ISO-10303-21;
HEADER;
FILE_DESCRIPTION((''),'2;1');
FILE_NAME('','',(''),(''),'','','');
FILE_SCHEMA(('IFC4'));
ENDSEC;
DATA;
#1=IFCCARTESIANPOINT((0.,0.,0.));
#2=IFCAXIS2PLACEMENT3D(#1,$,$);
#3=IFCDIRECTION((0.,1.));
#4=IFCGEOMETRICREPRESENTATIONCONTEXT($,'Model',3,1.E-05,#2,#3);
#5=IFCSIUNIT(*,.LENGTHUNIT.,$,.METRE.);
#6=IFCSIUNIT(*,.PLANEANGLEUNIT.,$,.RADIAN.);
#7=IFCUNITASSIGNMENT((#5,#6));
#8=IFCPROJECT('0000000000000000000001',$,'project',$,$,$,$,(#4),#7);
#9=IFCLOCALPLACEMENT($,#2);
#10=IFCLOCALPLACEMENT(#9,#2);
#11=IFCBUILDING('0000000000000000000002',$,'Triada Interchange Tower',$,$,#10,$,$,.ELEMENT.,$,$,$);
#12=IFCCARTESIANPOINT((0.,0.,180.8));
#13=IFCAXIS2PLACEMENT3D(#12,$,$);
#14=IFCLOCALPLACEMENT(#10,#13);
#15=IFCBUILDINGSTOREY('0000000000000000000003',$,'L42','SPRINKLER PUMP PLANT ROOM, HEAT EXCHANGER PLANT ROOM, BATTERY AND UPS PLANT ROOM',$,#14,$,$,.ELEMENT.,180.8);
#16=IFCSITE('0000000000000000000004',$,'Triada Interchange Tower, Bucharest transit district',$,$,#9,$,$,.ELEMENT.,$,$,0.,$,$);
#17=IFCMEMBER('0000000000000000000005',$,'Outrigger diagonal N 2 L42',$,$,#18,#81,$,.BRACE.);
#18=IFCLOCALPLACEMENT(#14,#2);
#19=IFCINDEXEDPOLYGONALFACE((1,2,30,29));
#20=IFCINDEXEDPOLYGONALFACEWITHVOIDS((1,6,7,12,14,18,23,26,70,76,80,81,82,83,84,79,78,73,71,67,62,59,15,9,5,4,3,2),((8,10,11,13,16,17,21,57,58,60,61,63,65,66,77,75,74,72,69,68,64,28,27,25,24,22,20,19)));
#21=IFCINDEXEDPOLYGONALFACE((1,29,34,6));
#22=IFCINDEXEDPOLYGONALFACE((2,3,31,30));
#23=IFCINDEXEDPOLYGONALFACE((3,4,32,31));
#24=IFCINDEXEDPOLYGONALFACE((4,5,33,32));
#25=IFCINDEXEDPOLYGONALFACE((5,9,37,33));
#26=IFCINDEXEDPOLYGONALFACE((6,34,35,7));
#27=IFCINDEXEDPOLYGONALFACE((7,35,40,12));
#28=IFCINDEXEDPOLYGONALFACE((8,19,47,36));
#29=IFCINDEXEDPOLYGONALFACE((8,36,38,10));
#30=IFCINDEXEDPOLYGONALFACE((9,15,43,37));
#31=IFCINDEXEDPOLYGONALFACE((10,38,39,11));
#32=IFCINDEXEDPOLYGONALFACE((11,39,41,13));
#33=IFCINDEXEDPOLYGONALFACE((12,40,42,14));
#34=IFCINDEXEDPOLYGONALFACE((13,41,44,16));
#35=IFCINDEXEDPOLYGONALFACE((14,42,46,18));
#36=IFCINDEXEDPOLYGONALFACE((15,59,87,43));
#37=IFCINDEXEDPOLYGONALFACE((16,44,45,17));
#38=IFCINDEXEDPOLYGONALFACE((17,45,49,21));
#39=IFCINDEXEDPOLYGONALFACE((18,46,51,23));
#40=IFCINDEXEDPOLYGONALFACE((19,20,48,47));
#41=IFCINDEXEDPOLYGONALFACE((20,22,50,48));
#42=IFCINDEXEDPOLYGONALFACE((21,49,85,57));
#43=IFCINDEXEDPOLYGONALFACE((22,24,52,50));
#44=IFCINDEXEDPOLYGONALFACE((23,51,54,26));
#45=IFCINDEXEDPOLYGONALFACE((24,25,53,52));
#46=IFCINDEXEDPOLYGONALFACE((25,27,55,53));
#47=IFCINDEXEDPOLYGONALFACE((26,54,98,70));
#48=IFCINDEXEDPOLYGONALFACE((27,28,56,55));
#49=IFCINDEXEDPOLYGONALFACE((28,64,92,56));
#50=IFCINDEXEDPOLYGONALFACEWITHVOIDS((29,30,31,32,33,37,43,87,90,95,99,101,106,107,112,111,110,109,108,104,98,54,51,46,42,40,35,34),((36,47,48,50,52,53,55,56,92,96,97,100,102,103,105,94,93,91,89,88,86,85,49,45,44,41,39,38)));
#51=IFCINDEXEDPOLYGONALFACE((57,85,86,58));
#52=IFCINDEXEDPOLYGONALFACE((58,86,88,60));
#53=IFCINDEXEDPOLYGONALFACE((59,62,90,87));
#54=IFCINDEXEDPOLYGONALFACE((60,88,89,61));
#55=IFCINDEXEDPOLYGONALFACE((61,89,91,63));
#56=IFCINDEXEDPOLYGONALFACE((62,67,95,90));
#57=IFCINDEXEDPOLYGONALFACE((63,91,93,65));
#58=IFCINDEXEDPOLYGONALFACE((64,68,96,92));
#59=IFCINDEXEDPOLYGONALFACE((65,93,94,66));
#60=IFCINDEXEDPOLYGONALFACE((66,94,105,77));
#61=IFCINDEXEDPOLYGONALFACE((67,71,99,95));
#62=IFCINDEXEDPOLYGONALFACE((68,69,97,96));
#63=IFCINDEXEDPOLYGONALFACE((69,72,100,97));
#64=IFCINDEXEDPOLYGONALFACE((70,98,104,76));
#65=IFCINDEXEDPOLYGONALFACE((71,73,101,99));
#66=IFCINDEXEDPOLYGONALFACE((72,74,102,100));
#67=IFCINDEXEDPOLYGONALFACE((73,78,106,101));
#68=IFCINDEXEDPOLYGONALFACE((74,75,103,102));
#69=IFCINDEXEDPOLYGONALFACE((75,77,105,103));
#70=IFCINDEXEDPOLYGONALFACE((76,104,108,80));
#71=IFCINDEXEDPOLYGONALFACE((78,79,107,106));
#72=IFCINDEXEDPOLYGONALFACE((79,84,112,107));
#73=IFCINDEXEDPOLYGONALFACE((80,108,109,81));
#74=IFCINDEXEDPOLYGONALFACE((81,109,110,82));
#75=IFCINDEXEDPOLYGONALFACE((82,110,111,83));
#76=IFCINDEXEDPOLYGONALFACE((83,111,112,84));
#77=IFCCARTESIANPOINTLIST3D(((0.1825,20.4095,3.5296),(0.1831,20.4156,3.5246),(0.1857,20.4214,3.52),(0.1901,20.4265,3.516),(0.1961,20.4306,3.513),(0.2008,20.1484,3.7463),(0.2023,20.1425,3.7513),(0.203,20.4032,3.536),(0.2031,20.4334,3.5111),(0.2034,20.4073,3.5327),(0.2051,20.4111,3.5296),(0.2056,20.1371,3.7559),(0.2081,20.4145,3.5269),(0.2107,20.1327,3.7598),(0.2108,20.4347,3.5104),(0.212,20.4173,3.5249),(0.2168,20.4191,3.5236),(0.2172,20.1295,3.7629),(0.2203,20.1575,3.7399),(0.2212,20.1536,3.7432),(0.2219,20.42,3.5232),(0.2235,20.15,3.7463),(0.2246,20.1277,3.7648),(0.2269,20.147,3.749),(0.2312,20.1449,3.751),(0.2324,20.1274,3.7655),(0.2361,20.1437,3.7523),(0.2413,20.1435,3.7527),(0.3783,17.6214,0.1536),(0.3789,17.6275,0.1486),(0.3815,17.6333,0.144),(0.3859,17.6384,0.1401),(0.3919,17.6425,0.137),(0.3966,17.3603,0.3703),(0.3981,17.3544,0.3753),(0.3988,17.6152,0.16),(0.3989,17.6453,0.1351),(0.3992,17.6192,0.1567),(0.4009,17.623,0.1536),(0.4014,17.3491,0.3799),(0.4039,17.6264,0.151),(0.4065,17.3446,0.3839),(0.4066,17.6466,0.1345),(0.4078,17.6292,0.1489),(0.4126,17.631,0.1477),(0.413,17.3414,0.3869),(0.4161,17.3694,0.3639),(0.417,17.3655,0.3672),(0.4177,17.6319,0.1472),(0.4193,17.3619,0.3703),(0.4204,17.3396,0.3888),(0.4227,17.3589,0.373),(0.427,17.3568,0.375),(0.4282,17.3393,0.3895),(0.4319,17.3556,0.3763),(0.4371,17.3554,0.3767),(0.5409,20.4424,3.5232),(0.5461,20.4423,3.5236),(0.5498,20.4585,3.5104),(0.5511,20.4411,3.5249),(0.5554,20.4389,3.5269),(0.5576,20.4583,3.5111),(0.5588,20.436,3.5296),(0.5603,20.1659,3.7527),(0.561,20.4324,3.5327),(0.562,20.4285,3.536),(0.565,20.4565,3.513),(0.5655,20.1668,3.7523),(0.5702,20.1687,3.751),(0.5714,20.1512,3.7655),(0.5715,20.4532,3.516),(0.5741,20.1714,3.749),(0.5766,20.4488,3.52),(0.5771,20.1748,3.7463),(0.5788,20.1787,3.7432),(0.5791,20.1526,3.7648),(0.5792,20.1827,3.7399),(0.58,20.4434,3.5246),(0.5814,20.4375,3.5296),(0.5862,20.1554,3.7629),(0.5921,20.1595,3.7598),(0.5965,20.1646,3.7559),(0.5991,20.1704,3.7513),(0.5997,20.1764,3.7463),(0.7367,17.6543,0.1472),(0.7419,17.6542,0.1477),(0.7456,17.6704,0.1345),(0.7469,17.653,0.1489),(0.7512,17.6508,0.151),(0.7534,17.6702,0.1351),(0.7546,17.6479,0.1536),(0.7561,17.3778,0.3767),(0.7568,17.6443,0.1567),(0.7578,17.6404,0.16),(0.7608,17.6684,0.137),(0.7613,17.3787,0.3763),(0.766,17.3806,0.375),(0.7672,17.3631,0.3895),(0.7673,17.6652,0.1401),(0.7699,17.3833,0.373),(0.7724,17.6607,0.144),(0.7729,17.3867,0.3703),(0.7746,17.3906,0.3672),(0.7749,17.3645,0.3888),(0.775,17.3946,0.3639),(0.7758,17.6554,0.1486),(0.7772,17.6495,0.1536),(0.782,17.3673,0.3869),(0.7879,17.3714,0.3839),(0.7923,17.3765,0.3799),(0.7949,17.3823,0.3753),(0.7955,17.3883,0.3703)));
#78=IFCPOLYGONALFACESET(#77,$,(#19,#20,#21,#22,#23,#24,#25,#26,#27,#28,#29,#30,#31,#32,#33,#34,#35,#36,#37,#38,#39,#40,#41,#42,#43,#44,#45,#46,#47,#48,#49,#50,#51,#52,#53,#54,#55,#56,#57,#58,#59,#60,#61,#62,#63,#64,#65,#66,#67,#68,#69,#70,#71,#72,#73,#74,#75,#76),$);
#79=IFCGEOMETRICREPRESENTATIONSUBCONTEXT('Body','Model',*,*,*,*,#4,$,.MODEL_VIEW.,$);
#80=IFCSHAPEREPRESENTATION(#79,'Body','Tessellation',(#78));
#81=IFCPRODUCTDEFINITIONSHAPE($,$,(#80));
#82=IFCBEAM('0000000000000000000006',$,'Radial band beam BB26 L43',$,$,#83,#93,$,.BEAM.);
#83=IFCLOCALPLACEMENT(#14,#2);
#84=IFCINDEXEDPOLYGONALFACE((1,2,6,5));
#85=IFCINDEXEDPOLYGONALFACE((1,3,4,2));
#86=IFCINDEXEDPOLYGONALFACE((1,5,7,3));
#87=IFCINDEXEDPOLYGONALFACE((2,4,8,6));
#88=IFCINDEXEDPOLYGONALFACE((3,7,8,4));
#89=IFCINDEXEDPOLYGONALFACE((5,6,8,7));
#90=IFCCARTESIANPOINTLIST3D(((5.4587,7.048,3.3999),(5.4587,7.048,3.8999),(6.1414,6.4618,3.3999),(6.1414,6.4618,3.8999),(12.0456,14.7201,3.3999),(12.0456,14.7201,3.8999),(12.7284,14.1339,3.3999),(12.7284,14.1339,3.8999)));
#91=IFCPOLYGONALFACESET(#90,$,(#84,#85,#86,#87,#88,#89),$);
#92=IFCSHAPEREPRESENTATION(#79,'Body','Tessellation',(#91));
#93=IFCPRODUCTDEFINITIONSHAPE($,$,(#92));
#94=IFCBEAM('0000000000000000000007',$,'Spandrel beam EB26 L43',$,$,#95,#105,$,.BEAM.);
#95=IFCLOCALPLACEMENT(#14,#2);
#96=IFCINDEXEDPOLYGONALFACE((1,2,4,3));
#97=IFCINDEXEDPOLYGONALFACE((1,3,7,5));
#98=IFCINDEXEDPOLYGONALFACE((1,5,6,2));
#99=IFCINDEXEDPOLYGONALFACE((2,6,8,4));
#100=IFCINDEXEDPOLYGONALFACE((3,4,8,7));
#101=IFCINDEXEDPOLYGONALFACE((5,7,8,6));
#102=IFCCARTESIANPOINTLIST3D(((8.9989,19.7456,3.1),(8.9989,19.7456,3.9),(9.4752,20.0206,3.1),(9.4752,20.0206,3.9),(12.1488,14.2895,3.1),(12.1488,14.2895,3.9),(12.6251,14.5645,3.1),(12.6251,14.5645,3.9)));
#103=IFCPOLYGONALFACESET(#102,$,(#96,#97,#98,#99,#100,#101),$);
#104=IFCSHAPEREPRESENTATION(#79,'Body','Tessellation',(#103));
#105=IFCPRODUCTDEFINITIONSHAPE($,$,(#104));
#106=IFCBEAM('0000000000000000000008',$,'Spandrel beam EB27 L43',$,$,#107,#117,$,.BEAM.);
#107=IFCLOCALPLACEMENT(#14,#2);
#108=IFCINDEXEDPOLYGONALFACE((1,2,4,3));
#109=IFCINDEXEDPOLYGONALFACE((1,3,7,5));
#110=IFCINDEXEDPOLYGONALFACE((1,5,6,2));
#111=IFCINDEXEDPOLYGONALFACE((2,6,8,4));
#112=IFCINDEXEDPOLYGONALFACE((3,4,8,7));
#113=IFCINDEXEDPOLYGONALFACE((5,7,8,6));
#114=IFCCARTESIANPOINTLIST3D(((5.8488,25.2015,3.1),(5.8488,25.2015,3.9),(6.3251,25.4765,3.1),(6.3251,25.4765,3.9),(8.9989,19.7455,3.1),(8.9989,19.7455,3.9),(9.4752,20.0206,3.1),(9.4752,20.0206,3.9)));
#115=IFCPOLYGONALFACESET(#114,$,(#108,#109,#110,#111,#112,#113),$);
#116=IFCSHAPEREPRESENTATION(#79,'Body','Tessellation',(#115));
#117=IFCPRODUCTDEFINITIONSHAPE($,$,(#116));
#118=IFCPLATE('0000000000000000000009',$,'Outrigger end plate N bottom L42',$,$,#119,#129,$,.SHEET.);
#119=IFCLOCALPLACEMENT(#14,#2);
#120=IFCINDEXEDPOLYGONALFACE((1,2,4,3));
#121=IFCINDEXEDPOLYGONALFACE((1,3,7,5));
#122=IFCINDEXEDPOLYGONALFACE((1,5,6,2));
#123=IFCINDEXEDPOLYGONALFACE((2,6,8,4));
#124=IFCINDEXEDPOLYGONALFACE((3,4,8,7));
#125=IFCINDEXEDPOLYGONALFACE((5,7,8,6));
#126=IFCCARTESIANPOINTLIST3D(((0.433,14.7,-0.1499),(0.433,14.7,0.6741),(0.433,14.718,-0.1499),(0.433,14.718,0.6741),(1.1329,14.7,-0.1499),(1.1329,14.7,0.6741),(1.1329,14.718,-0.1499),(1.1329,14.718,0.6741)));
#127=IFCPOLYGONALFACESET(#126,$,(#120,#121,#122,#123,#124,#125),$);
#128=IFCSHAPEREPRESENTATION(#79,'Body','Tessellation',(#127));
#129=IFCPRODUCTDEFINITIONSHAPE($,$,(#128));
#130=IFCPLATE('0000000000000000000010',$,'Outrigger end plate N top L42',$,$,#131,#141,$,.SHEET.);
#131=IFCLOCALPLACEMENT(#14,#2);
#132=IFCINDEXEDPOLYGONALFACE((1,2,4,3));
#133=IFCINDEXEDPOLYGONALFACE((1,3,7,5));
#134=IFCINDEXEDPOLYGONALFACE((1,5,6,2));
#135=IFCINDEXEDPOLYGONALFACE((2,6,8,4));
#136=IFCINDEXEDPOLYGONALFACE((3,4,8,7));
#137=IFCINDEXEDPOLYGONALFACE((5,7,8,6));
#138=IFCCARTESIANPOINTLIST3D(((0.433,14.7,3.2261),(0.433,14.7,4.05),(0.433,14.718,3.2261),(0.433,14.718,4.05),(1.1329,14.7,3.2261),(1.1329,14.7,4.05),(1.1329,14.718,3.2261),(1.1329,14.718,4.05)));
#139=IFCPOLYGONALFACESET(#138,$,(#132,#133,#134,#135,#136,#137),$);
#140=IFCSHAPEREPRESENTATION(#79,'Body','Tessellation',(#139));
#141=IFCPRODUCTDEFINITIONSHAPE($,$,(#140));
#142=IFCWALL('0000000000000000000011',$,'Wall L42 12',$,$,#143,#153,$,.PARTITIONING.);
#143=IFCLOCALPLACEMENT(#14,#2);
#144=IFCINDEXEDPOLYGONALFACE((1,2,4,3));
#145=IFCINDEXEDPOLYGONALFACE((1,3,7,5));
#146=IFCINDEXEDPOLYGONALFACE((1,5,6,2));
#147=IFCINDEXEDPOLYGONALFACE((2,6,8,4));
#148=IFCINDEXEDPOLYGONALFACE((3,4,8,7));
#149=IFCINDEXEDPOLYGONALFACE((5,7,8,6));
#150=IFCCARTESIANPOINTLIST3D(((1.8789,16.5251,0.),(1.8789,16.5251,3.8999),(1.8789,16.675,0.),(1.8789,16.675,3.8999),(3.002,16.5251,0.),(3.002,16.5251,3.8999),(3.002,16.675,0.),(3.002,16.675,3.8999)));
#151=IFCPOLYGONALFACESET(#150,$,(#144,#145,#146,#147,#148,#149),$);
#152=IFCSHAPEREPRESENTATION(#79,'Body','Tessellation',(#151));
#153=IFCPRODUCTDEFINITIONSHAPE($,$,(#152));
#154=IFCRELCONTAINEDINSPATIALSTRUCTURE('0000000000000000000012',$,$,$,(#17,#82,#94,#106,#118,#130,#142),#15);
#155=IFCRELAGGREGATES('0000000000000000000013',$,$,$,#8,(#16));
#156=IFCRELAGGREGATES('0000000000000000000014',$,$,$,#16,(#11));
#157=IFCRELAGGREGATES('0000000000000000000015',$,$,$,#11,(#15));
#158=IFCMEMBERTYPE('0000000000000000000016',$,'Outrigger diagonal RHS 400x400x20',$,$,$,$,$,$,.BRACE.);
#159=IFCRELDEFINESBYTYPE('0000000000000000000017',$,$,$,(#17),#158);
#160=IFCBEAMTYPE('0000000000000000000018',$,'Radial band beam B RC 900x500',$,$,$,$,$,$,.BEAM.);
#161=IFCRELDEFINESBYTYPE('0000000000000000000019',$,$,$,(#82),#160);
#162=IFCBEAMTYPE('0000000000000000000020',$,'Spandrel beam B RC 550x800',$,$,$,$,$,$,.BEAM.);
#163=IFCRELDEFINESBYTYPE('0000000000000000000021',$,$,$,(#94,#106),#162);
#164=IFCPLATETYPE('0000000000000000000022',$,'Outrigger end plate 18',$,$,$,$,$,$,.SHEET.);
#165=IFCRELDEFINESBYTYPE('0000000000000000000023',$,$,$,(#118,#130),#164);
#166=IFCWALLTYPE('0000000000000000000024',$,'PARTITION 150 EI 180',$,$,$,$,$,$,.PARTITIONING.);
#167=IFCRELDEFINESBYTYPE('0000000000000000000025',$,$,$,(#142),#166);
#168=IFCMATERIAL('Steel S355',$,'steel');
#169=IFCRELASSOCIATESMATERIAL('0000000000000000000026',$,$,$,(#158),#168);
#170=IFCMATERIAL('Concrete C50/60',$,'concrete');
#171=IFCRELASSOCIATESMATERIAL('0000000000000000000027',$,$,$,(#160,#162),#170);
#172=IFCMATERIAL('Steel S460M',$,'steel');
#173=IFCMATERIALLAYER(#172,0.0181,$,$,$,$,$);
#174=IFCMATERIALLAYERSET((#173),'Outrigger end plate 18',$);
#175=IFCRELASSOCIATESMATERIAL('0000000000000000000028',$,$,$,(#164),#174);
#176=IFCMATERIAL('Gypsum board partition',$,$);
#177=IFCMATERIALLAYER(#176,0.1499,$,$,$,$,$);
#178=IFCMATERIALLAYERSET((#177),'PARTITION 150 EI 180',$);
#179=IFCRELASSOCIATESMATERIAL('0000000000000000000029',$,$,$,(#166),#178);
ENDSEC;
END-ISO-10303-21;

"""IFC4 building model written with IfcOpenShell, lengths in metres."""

from ifc_helpers import new_model, si_unit, direction, frame, frame_2d, origin, origin_2d, place, context, subcontext, project, spatial, rectangle, hollow_rectangle, extrude, material, layer, layer_set, material_profile, profile_set, type_object, element, save


model = new_model("IFC4")

# Units and contexts
model_context = context("Model", 3, precision=1e-05, world=origin(), true_north=direction((0.0, 1.0)))
body_context = subcontext(model_context, "Body", "Model", "MODEL_VIEW")
ifc_project = project(units=[si_unit("LENGTHUNIT", "METRE"), si_unit("PLANEANGLEUNIT", "RADIAN")], contexts=[model_context])

# Site, building, storey
site_placement = place(None, origin())
site = spatial("IfcSite", under=ifc_project, at=site_placement, Name="Triada Interchange Tower, Bucharest transit district", CompositionType="ELEMENT", RefElevation=0.0)
building_placement = place(site_placement, origin())
building = spatial("IfcBuilding", under=site, at=building_placement, Name="Triada Interchange Tower", CompositionType="ELEMENT")
storey_placement = place(building_placement, frame((0.0, 0.0, 180.8)))
storey = spatial("IfcBuildingStorey", under=building, at=storey_placement, Name="L42", Description="SPRINKLER PUMP PLANT ROOM, HEAT EXCHANGER PLANT ROOM, BATTERY AND UPS PLANT ROOM", CompositionType="ELEMENT", Elevation=180.8)

# Shared definitions
ifc_material_1 = material(Name="Steel S355", Category="steel")

# Member
ifc_material_2 = material(Name="Steel S460M", Category="steel")
ifc_material_profile_1 = material_profile(ifc_material_1, hollow_rectangle(XDim=0.3999, YDim=0.3999, WallThickness=0.02, InnerFilletRadius=0.02, OuterFilletRadius=0.03, at=origin_2d()), Name="RHS 400x400x20")
ifc_profile_set_1 = profile_set([ifc_material_profile_1], Name="Steel S355")
member_type_1 = type_object("IfcMemberType", Name="Outrigger diagonal RHS 400x400x20", PredefinedType="BRACE", material=ifc_profile_set_1)
member_1_placement = place(storey_placement, frame((0.5869, 17.5049, 0.262), z_axis=(-0.044675, 0.636142, 0.770278), x_axis=(-0.997543, -0.070055, 0.0)))
element("IfcMember", 1, at=member_1_placement, inside=storey, type_object=member_type_1, Name="Outrigger diagonal N 2 L42", PredefinedType="BRACE", context=body_context, shape_type="SweptSolid", body=[
    extrude(hollow_rectangle(XDim=0.3999, YDim=0.3999, WallThickness=0.02, InnerFilletRadius=0.02, OuterFilletRadius=0.03, at=origin_2d()), origin(), (0.0, 0.0, 1.0), 4.3828),
])

# Beams
ifc_material_3 = material(Name="Concrete C50/60", Category="concrete")
ifc_material_profile_2 = material_profile(ifc_material_3, rectangle(XDim=0.8999, YDim=0.5, at=origin_2d()), Name="RC 900x500")
ifc_profile_set_2 = profile_set([ifc_material_profile_2], Name="Concrete C50/60")
beam_type_1 = type_object("IfcBeamType", Name="Radial band beam B RC 900x500", PredefinedType="BEAM", material=ifc_profile_set_2)
beam_1_placement = place(storey_placement, frame((12.387, 14.427, 3.6499), z_axis=(-0.651408, -0.758728, 0.0), x_axis=(0.758728, -0.651408, 0.0)))
element("IfcBeam", 2, at=beam_1_placement, inside=storey, type_object=beam_type_1, Name="Radial band beam BB26 L43", PredefinedType="BEAM", context=body_context, shape_type="SweptSolid", body=[
    extrude(rectangle(XDim=0.8999, YDim=0.5, at=origin_2d()), origin(), (0.0, 0.0, 1.0), 10.1118),
])
ifc_material_profile_3 = material_profile(ifc_material_3, rectangle(XDim=0.55, YDim=0.8, at=origin_2d()), Name="RC 550x800")
ifc_profile_set_3 = profile_set([ifc_material_profile_3], Name="Concrete C50/60")
beam_type_2 = type_object("IfcBeamType", Name="Spandrel beam B RC 550x800", PredefinedType="BEAM", material=ifc_profile_set_3)
for number, where, z_axis, x_axis, name in (
    (3, (12.387, 14.427, 3.5), (-0.499982, 0.866036, 0.0), (-0.866036, -0.499982, 0.0), "Spandrel beam EB26 L43"),
    (4, (9.2371, 19.8831, 3.5), (-0.500011, 0.866019, 0.0), (-0.866019, -0.500011, 0.0), "Spandrel beam EB27 L43"),
):
    element("IfcBeam", number, at=place(storey_placement, frame(where, z_axis=z_axis, x_axis=x_axis)), inside=storey, type_object=beam_type_2, Name=name, PredefinedType="BEAM", context=body_context, shape_type="SweptSolid", body=[
        extrude(rectangle(XDim=0.55, YDim=0.8, at=origin_2d()), origin(), (0.0, 0.0, 1.0), 6.3),
    ])

# Plates
ifc_layer_1 = layer(ifc_material_2, 0.0181)
ifc_layer_set_1 = layer_set([ifc_layer_1], Name="Outrigger end plate 18")
plate_type = type_object("IfcPlateType", Name="Outrigger end plate 18", PredefinedType="SHEET", material=ifc_layer_set_1)
for number, where, z_axis, x_axis, name in (
    (5, (0.783, 14.709, -0.1499), (0.0, 0.0, 1.0), (0.0, 1.0, 0.0), "Outrigger end plate N bottom L42"),
    (6, (0.783, 14.709, 3.2261), (0.0, 0.0, 1.0), (0.0, 1.0, 0.0), "Outrigger end plate N top L42"),
):
    element("IfcPlate", number, at=place(storey_placement, frame(where, z_axis=z_axis, x_axis=x_axis)), inside=storey, type_object=plate_type, Name=name, PredefinedType="SHEET", context=body_context, shape_type="SweptSolid", body=[
        extrude(rectangle(XDim=0.0181, YDim=0.7, at=origin_2d()), origin(), (0.0, 0.0, 1.0), 0.824),
    ])

# Wall
ifc_material_4 = material(Name="Gypsum board partition")
ifc_layer_2 = layer(ifc_material_4, 0.1499)
ifc_layer_set_2 = layer_set([ifc_layer_2], Name="PARTITION 150 EI 180")
wall_type_1 = type_object("IfcWallType", Name="PARTITION 150 EI 180", PredefinedType="PARTITIONING", material=ifc_layer_set_2)
wall_1_placement = place(storey_placement, frame((1.8789, 16.6001, 0.0), z_axis=(0.0, 0.0, 1.0), x_axis=(1.0, 0.0, 0.0)))
element("IfcWall", 7, at=wall_1_placement, inside=storey, type_object=wall_type_1, Name="Wall L42 12", PredefinedType="PARTITIONING", context=body_context, shape_type="SweptSolid", body=[
    extrude(rectangle(XDim=1.123, YDim=0.1499, at=frame_2d((0.5615, 0.0))), origin(), (0.0, 0.0, 1.0), 3.8999),
])

save(model, "model.ifc")
